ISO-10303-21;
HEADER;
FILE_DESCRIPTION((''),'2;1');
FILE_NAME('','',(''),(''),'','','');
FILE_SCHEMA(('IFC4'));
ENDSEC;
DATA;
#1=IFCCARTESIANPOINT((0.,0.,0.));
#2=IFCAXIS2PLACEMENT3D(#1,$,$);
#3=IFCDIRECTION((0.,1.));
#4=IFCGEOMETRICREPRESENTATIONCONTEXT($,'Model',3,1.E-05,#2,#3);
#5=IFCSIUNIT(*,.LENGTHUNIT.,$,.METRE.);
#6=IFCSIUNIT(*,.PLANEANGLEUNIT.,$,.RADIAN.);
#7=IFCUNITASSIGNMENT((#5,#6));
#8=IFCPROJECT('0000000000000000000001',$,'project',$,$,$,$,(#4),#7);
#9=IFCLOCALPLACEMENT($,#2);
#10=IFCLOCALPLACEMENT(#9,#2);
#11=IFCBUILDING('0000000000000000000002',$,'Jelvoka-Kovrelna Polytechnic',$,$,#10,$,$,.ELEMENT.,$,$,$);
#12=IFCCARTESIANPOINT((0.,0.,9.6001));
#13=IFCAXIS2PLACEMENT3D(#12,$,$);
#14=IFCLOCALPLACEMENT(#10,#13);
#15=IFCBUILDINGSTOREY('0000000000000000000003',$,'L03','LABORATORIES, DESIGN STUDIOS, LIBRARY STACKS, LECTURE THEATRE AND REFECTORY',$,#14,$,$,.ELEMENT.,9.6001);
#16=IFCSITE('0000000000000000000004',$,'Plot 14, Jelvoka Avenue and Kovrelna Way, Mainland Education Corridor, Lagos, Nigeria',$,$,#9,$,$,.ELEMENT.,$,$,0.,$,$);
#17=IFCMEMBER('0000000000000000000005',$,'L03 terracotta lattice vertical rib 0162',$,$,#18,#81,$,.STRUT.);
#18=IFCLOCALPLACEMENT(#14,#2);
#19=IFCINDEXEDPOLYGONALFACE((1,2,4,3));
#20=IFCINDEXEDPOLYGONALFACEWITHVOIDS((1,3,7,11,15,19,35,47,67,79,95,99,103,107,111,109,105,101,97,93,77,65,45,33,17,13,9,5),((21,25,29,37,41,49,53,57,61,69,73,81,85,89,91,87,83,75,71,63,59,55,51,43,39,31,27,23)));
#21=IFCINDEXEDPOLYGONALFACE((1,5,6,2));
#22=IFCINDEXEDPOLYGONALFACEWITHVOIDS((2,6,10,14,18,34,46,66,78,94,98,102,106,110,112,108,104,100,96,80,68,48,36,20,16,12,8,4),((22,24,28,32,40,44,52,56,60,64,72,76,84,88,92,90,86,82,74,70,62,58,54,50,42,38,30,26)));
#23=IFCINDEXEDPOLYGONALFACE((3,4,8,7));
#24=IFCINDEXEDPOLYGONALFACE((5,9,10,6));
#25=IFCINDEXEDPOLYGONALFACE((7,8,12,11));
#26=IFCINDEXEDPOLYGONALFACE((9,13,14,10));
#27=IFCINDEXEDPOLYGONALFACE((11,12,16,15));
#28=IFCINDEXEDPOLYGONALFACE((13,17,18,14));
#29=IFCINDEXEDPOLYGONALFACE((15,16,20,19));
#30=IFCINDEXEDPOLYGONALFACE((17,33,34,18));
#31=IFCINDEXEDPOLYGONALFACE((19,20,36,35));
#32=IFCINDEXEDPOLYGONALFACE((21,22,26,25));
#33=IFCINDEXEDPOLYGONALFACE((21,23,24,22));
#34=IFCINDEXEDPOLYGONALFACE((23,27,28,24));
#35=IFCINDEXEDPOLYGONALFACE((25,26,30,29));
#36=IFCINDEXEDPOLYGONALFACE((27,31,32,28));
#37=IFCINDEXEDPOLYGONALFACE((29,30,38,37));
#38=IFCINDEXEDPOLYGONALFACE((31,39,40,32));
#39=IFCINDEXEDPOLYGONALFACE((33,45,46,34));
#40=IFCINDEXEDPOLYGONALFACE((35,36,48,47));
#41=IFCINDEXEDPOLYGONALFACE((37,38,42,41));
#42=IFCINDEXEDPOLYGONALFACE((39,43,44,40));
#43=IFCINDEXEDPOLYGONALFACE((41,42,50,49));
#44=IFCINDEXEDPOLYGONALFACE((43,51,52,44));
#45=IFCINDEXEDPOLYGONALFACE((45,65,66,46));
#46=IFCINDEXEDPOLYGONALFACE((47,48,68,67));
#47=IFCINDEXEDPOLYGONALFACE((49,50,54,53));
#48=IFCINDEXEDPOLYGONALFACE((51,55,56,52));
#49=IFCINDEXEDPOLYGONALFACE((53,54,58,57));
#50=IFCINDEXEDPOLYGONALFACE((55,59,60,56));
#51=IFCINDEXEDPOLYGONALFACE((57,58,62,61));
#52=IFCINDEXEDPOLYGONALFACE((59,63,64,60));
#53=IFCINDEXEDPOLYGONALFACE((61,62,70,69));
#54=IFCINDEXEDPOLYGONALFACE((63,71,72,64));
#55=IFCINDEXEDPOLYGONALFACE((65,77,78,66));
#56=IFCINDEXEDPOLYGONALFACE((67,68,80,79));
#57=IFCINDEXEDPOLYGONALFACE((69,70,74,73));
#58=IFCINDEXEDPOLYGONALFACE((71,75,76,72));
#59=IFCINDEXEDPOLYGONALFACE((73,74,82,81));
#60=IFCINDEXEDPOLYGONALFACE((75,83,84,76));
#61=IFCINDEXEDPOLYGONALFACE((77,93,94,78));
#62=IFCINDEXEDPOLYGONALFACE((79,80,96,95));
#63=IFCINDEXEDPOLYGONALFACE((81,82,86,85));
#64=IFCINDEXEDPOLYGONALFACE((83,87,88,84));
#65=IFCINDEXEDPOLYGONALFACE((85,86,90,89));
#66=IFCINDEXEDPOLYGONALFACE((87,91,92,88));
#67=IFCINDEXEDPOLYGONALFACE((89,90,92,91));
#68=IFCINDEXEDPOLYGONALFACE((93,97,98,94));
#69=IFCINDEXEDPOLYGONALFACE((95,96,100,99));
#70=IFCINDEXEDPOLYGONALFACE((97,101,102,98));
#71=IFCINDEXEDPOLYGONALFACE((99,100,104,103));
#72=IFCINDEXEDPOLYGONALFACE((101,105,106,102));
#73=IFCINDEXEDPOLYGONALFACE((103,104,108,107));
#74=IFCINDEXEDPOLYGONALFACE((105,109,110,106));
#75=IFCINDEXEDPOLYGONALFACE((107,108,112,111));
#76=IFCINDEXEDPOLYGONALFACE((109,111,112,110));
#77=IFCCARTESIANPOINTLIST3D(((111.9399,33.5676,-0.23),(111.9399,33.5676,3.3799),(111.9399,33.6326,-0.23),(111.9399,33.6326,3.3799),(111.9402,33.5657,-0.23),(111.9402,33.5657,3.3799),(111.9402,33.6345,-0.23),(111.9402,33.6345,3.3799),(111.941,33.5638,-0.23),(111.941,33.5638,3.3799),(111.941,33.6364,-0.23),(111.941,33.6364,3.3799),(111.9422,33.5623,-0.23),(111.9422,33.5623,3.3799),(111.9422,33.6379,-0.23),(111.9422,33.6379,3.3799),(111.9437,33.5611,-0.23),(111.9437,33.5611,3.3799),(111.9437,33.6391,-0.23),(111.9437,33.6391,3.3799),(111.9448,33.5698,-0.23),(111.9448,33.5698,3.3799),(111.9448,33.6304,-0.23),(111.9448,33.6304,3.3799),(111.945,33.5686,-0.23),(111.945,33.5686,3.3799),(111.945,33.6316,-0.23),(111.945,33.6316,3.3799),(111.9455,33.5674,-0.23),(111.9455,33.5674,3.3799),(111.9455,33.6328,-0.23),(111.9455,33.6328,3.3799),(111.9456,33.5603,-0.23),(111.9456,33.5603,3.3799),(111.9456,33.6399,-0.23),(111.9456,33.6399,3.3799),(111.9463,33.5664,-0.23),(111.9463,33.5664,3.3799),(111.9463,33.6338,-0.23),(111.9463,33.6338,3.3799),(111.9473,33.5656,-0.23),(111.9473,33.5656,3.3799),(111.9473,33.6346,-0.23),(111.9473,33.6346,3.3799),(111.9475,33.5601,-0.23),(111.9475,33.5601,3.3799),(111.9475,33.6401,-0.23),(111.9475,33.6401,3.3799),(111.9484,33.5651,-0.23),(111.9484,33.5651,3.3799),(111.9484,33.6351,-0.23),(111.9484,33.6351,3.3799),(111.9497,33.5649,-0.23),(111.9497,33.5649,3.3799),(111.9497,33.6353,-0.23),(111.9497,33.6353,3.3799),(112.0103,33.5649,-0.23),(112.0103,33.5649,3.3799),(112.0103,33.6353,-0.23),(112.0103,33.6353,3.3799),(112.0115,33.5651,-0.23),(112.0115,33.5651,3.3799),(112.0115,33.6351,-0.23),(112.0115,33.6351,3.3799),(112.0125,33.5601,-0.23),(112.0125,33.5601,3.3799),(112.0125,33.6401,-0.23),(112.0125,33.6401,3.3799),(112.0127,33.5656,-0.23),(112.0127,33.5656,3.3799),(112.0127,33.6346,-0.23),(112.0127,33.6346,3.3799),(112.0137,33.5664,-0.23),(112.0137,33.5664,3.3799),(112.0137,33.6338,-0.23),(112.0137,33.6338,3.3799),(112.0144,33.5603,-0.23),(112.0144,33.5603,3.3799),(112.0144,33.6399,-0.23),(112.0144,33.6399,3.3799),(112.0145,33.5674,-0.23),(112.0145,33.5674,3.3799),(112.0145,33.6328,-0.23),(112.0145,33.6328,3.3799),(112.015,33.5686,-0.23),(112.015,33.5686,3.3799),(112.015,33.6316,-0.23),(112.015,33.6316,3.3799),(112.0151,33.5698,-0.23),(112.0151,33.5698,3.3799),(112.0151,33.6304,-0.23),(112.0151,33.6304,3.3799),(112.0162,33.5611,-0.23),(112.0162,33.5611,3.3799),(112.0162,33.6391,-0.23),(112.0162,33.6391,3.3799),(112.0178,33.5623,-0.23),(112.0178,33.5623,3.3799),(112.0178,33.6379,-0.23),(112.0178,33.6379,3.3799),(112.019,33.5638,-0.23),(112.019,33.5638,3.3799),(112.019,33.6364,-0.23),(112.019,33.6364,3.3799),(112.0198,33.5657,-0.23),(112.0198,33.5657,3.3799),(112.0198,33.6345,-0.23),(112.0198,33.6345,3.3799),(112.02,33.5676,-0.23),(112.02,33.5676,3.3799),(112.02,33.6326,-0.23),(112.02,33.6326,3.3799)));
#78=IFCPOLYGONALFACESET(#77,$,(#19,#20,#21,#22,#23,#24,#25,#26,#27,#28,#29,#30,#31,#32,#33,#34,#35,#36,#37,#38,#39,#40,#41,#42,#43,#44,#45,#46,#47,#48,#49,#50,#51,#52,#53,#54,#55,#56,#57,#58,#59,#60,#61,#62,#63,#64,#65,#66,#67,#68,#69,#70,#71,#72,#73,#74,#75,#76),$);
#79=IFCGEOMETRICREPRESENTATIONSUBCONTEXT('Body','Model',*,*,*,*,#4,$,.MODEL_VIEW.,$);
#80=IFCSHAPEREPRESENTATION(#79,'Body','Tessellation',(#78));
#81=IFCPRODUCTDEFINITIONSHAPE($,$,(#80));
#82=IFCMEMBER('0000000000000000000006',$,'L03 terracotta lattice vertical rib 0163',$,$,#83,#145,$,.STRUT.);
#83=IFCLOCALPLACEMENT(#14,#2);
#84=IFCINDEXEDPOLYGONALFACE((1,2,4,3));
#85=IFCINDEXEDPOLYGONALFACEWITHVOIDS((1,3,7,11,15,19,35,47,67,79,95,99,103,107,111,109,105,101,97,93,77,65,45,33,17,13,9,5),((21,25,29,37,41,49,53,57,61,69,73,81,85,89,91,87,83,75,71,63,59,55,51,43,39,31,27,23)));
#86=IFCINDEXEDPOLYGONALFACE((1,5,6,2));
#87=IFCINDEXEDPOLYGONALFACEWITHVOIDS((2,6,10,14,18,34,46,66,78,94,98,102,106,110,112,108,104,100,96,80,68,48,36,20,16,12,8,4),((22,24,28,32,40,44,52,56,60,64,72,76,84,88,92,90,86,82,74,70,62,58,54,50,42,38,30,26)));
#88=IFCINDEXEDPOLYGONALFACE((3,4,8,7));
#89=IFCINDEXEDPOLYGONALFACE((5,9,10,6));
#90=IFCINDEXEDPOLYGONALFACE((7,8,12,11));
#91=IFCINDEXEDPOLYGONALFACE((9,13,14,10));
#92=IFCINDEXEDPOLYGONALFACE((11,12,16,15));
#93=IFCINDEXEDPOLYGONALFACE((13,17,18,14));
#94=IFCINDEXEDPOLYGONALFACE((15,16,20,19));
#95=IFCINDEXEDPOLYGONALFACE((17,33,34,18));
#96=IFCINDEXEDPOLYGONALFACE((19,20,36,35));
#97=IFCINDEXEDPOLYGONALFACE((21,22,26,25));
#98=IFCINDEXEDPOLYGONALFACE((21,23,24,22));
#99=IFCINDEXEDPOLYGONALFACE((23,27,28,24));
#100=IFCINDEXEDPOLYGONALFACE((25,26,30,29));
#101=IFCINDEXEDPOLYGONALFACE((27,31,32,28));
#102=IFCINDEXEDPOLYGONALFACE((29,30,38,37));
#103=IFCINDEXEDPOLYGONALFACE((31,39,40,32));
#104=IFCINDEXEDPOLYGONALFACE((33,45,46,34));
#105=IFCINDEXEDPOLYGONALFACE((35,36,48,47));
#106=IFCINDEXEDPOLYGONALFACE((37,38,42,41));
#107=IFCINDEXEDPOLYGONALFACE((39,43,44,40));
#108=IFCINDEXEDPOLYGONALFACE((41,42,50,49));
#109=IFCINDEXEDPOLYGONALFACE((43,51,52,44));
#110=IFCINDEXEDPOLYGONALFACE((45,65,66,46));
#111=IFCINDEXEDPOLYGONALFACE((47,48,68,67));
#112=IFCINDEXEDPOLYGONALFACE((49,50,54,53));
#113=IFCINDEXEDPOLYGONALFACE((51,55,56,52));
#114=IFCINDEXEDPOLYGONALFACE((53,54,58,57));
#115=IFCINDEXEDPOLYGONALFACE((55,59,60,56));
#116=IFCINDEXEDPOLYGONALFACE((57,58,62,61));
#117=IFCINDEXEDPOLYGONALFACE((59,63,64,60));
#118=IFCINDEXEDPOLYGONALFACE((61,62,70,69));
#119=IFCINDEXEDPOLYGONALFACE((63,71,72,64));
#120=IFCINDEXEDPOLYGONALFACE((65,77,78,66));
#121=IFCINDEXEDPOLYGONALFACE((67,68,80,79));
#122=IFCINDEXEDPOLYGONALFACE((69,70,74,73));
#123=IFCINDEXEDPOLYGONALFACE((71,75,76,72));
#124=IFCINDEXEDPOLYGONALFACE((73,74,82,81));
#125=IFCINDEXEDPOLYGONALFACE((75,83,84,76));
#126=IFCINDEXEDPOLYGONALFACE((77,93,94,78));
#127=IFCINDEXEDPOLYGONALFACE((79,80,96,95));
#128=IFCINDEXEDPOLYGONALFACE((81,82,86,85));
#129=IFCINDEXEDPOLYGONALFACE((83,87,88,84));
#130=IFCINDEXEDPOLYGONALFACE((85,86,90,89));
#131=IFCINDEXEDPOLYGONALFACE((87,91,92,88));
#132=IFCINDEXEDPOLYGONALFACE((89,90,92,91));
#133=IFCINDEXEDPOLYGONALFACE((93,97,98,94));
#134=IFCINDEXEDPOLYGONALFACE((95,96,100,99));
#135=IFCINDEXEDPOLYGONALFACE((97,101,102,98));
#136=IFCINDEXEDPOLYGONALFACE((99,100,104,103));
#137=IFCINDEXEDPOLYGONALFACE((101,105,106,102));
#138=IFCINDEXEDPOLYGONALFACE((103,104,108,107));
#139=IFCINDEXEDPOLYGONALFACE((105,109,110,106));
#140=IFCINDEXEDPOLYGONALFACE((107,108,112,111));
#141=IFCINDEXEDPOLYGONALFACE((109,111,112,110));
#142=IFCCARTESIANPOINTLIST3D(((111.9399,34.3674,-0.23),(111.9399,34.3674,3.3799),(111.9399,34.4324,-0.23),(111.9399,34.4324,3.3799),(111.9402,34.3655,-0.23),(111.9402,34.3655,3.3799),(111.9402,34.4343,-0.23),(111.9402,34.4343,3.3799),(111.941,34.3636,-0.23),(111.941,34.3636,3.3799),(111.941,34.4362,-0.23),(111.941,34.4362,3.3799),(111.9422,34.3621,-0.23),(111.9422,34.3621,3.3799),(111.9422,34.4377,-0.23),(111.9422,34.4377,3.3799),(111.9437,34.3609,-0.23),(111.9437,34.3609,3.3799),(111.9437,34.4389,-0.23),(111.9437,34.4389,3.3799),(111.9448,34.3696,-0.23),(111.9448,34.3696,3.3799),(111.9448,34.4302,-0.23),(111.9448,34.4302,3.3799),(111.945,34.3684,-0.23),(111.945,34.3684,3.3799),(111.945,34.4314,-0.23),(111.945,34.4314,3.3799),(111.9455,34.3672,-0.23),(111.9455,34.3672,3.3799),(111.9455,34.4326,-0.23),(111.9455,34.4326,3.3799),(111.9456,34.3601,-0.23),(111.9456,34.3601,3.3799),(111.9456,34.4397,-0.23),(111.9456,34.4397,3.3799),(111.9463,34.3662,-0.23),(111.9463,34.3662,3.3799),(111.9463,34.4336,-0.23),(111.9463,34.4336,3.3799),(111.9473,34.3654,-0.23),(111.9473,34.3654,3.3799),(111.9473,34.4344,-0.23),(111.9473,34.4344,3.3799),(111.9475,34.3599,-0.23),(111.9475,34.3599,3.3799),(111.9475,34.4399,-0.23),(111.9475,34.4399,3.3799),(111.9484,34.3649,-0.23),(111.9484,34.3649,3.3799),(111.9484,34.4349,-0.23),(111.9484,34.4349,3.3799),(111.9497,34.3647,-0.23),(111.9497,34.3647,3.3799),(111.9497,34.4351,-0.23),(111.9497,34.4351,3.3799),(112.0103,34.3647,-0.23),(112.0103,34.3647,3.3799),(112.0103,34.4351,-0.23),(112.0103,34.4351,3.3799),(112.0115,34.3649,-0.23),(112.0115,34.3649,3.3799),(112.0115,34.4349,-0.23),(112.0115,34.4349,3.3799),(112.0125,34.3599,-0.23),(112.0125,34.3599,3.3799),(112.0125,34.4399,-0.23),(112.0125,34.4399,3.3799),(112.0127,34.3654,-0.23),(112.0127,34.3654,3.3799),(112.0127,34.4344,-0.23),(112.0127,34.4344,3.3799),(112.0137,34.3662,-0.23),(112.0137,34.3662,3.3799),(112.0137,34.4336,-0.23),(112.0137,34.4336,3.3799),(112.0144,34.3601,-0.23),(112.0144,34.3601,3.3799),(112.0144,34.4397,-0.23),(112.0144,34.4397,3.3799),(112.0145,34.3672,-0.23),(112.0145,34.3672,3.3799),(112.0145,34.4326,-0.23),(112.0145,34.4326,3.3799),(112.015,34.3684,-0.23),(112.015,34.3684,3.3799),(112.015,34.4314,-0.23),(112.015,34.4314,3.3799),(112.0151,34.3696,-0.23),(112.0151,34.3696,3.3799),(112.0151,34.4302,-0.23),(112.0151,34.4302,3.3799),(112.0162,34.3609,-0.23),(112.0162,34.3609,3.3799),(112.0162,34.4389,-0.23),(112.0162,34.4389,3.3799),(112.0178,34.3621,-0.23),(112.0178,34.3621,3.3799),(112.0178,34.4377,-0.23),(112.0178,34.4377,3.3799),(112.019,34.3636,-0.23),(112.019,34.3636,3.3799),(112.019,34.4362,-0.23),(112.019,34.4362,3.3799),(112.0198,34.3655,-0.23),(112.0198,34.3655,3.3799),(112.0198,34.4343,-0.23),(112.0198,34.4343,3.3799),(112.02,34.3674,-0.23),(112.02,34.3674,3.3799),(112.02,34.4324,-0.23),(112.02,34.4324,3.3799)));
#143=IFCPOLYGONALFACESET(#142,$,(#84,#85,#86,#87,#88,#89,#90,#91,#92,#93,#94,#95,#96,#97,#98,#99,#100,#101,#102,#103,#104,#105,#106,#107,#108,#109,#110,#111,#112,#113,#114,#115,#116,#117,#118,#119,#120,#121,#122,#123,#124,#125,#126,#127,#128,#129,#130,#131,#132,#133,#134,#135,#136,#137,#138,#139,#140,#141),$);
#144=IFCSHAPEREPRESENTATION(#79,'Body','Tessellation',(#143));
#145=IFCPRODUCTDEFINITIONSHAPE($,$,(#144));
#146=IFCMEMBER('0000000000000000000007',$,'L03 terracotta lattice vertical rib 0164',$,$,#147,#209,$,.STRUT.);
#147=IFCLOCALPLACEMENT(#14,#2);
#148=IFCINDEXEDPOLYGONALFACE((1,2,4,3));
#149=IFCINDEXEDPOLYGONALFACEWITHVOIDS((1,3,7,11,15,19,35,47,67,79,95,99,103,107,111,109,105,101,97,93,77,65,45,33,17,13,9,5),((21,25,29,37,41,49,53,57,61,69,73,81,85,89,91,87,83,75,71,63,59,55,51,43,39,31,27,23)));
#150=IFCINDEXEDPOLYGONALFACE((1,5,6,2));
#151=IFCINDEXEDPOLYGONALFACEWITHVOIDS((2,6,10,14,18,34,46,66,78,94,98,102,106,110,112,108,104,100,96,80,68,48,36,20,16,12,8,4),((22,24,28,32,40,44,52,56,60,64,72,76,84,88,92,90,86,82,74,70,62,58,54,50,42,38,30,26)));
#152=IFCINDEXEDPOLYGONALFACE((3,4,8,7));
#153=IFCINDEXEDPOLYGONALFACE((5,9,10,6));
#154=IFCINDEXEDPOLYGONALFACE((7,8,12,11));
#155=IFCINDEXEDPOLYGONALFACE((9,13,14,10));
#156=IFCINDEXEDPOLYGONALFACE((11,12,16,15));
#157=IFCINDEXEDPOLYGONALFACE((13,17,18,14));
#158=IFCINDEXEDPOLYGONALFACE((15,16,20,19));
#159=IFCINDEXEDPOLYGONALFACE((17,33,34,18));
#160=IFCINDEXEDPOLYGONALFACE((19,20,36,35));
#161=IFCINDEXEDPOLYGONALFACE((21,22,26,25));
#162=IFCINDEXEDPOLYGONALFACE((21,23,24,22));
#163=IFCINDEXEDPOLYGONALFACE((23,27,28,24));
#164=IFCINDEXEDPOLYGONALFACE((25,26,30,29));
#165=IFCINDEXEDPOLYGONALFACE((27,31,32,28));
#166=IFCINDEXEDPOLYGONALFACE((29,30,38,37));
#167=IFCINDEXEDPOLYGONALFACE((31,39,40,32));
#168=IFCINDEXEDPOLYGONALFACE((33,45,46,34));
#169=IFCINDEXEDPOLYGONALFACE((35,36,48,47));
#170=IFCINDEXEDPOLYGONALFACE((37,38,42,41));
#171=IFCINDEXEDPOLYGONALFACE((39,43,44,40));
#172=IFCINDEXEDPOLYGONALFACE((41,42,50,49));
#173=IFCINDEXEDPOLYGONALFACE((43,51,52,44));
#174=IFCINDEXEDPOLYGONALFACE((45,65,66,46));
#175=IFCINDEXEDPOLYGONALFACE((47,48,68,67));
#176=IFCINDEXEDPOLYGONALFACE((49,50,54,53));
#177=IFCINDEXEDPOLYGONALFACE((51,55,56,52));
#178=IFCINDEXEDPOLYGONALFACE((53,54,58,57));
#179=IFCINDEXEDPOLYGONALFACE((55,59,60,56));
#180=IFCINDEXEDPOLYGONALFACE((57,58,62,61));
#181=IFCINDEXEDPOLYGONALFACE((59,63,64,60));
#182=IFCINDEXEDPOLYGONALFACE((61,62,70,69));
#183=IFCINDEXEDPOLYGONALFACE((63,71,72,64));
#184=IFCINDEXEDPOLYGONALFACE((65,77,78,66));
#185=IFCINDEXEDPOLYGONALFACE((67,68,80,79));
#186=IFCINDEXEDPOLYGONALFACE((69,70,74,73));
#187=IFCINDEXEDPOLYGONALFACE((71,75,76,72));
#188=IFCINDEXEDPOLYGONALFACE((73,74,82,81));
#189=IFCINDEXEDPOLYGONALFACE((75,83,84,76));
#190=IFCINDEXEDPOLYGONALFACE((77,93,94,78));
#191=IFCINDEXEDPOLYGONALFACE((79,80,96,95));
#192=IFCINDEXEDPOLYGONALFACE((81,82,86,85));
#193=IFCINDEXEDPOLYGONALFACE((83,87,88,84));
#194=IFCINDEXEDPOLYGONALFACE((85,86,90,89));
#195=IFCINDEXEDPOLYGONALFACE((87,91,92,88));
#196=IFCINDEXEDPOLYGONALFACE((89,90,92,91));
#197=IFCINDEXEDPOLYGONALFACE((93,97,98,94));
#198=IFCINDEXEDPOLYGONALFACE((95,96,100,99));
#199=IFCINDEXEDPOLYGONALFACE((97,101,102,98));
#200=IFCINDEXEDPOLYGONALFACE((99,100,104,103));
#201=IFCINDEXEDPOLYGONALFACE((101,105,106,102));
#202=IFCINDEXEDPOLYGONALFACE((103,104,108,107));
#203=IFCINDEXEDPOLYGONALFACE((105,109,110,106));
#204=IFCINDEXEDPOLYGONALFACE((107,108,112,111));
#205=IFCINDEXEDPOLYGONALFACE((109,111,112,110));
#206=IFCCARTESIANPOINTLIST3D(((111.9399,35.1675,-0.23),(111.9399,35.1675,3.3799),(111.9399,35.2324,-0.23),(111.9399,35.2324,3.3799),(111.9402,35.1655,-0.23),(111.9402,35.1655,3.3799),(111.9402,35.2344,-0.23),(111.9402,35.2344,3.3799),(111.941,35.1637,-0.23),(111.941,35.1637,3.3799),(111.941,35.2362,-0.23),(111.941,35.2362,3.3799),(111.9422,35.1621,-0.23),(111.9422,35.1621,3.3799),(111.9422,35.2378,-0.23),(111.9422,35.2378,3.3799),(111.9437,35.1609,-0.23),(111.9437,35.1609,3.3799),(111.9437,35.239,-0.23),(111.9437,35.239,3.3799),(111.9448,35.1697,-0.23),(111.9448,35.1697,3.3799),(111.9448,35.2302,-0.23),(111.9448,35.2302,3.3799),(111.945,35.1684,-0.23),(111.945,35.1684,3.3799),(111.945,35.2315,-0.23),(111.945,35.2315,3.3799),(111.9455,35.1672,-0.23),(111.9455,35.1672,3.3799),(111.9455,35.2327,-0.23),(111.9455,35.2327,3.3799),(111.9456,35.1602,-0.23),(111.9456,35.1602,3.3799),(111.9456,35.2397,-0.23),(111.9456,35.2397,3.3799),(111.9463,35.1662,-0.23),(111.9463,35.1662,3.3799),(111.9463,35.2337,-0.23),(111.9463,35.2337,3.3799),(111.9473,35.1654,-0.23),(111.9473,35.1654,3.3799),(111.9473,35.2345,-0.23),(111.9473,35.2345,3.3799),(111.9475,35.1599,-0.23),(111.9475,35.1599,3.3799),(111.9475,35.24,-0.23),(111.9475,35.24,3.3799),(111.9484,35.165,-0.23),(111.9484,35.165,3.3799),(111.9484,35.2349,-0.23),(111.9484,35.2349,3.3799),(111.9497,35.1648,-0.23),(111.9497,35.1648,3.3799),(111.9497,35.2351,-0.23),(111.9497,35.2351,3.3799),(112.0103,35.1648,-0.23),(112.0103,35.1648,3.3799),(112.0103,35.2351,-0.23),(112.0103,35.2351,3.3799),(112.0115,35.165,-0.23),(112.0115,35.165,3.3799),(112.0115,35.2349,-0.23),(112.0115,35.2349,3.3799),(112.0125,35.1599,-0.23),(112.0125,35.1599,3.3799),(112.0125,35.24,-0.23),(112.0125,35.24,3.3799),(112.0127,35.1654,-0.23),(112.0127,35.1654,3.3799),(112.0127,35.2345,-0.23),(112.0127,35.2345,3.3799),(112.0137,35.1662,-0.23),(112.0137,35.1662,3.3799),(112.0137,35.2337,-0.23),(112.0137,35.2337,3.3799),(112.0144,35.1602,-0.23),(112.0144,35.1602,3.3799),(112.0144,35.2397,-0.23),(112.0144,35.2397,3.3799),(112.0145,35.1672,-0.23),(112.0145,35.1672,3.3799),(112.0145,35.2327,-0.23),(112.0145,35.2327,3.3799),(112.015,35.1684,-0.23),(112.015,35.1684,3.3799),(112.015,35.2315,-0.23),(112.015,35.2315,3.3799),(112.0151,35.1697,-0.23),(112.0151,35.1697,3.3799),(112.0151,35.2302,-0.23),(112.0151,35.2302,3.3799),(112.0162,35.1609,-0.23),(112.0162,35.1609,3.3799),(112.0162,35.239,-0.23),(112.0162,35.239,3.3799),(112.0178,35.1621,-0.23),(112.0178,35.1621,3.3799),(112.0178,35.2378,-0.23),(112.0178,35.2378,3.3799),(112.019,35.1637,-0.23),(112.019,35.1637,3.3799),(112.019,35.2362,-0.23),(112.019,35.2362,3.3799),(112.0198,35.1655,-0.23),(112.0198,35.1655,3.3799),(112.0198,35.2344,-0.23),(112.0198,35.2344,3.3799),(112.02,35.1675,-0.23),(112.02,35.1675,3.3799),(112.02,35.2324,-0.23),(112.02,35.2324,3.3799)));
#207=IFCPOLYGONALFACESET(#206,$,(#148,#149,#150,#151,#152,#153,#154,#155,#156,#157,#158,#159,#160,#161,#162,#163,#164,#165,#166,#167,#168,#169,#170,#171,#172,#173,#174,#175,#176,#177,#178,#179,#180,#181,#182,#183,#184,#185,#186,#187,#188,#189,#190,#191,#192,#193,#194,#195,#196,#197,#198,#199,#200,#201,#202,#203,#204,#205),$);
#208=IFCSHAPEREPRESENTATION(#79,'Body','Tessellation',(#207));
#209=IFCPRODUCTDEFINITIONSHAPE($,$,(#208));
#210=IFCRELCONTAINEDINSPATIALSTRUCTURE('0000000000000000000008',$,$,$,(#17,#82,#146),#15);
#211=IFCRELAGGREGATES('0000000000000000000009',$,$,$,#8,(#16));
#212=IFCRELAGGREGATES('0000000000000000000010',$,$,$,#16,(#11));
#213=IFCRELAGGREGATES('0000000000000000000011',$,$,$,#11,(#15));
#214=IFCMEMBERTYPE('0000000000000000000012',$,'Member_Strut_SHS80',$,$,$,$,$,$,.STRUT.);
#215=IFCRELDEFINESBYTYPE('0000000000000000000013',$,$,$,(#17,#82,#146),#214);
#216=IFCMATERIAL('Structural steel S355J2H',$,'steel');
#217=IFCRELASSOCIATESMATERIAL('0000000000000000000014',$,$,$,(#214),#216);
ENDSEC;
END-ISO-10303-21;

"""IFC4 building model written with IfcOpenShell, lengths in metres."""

from ifc_helpers import new_model, si_unit, direction, frame, origin, origin_2d, place, context, subcontext, project, spatial, hollow_rectangle, extrude, material, material_profile, profile_set, type_object, element, save


model = new_model("IFC4")

# Units and contexts
model_context = context("Model", 3, precision=1e-05, world=origin(), true_north=direction((0.0, 1.0)))
body_context = subcontext(model_context, "Body", "Model", "MODEL_VIEW")
ifc_project = project(units=[si_unit("LENGTHUNIT", "METRE"), si_unit("PLANEANGLEUNIT", "RADIAN")], contexts=[model_context])

# Site, building, storey
site_placement = place(None, origin())
site = spatial("IfcSite", under=ifc_project, at=site_placement, Name="Plot 14, Jelvoka Avenue and Kovrelna Way, Mainland Education Corridor, Lagos, Nigeria", CompositionType="ELEMENT", RefElevation=0.0)
building_placement = place(site_placement, origin())
building = spatial("IfcBuilding", under=site, at=building_placement, Name="Jelvoka-Kovrelna Polytechnic", CompositionType="ELEMENT")
storey_placement = place(building_placement, frame((0.0, 0.0, 9.6001)))
storey = spatial("IfcBuildingStorey", under=building, at=storey_placement, Name="L03", Description="LABORATORIES, DESIGN STUDIOS, LIBRARY STACKS, LECTURE THEATRE AND REFECTORY", CompositionType="ELEMENT", Elevation=9.6001)

# Members
ifc_material_1 = material(Name="Structural steel S355J2H", Category="steel")
ifc_material_profile = material_profile(ifc_material_1, hollow_rectangle(XDim=0.0801, YDim=0.0801, WallThickness=0.0049, InnerFilletRadius=0.0049, OuterFilletRadius=0.0076, at=origin_2d()), Name="80x80x5.0 SHS")
ifc_profile_set = profile_set([ifc_material_profile], Name="Structural steel S355J2H")
member_type = type_object("IfcMemberType", Name="Member_Strut_SHS80", PredefinedType="STRUT", material=ifc_profile_set)
for number, where, z_axis, x_axis, name in (
    (1, (111.98, 33.6001, -0.23), (0.0, 0.0, 1.0), (1.0, 0.0, 0.0), "L03 terracotta lattice vertical rib 0162"),
    (2, (111.98, 34.3999, -0.23), (0.0, 0.0, 1.0), (1.0, 0.0, 0.0), "L03 terracotta lattice vertical rib 0163"),
    (3, (111.98, 35.2, -0.23), (0.0, 0.0, 1.0), (1.0, 0.0, 0.0), "L03 terracotta lattice vertical rib 0164"),
):
    element("IfcMember", number, at=place(storey_placement, frame(where, z_axis=z_axis, x_axis=x_axis)), inside=storey, type_object=member_type, Name=name, PredefinedType="STRUT", context=body_context, shape_type="SweptSolid", body=[
        extrude(hollow_rectangle(XDim=0.0801, YDim=0.0801, WallThickness=0.0049, InnerFilletRadius=0.0049, OuterFilletRadius=0.0076, at=origin_2d()), origin(), (0.0, 0.0, 1.0), 3.6099),
    ])

save(model, "model.ifc")
